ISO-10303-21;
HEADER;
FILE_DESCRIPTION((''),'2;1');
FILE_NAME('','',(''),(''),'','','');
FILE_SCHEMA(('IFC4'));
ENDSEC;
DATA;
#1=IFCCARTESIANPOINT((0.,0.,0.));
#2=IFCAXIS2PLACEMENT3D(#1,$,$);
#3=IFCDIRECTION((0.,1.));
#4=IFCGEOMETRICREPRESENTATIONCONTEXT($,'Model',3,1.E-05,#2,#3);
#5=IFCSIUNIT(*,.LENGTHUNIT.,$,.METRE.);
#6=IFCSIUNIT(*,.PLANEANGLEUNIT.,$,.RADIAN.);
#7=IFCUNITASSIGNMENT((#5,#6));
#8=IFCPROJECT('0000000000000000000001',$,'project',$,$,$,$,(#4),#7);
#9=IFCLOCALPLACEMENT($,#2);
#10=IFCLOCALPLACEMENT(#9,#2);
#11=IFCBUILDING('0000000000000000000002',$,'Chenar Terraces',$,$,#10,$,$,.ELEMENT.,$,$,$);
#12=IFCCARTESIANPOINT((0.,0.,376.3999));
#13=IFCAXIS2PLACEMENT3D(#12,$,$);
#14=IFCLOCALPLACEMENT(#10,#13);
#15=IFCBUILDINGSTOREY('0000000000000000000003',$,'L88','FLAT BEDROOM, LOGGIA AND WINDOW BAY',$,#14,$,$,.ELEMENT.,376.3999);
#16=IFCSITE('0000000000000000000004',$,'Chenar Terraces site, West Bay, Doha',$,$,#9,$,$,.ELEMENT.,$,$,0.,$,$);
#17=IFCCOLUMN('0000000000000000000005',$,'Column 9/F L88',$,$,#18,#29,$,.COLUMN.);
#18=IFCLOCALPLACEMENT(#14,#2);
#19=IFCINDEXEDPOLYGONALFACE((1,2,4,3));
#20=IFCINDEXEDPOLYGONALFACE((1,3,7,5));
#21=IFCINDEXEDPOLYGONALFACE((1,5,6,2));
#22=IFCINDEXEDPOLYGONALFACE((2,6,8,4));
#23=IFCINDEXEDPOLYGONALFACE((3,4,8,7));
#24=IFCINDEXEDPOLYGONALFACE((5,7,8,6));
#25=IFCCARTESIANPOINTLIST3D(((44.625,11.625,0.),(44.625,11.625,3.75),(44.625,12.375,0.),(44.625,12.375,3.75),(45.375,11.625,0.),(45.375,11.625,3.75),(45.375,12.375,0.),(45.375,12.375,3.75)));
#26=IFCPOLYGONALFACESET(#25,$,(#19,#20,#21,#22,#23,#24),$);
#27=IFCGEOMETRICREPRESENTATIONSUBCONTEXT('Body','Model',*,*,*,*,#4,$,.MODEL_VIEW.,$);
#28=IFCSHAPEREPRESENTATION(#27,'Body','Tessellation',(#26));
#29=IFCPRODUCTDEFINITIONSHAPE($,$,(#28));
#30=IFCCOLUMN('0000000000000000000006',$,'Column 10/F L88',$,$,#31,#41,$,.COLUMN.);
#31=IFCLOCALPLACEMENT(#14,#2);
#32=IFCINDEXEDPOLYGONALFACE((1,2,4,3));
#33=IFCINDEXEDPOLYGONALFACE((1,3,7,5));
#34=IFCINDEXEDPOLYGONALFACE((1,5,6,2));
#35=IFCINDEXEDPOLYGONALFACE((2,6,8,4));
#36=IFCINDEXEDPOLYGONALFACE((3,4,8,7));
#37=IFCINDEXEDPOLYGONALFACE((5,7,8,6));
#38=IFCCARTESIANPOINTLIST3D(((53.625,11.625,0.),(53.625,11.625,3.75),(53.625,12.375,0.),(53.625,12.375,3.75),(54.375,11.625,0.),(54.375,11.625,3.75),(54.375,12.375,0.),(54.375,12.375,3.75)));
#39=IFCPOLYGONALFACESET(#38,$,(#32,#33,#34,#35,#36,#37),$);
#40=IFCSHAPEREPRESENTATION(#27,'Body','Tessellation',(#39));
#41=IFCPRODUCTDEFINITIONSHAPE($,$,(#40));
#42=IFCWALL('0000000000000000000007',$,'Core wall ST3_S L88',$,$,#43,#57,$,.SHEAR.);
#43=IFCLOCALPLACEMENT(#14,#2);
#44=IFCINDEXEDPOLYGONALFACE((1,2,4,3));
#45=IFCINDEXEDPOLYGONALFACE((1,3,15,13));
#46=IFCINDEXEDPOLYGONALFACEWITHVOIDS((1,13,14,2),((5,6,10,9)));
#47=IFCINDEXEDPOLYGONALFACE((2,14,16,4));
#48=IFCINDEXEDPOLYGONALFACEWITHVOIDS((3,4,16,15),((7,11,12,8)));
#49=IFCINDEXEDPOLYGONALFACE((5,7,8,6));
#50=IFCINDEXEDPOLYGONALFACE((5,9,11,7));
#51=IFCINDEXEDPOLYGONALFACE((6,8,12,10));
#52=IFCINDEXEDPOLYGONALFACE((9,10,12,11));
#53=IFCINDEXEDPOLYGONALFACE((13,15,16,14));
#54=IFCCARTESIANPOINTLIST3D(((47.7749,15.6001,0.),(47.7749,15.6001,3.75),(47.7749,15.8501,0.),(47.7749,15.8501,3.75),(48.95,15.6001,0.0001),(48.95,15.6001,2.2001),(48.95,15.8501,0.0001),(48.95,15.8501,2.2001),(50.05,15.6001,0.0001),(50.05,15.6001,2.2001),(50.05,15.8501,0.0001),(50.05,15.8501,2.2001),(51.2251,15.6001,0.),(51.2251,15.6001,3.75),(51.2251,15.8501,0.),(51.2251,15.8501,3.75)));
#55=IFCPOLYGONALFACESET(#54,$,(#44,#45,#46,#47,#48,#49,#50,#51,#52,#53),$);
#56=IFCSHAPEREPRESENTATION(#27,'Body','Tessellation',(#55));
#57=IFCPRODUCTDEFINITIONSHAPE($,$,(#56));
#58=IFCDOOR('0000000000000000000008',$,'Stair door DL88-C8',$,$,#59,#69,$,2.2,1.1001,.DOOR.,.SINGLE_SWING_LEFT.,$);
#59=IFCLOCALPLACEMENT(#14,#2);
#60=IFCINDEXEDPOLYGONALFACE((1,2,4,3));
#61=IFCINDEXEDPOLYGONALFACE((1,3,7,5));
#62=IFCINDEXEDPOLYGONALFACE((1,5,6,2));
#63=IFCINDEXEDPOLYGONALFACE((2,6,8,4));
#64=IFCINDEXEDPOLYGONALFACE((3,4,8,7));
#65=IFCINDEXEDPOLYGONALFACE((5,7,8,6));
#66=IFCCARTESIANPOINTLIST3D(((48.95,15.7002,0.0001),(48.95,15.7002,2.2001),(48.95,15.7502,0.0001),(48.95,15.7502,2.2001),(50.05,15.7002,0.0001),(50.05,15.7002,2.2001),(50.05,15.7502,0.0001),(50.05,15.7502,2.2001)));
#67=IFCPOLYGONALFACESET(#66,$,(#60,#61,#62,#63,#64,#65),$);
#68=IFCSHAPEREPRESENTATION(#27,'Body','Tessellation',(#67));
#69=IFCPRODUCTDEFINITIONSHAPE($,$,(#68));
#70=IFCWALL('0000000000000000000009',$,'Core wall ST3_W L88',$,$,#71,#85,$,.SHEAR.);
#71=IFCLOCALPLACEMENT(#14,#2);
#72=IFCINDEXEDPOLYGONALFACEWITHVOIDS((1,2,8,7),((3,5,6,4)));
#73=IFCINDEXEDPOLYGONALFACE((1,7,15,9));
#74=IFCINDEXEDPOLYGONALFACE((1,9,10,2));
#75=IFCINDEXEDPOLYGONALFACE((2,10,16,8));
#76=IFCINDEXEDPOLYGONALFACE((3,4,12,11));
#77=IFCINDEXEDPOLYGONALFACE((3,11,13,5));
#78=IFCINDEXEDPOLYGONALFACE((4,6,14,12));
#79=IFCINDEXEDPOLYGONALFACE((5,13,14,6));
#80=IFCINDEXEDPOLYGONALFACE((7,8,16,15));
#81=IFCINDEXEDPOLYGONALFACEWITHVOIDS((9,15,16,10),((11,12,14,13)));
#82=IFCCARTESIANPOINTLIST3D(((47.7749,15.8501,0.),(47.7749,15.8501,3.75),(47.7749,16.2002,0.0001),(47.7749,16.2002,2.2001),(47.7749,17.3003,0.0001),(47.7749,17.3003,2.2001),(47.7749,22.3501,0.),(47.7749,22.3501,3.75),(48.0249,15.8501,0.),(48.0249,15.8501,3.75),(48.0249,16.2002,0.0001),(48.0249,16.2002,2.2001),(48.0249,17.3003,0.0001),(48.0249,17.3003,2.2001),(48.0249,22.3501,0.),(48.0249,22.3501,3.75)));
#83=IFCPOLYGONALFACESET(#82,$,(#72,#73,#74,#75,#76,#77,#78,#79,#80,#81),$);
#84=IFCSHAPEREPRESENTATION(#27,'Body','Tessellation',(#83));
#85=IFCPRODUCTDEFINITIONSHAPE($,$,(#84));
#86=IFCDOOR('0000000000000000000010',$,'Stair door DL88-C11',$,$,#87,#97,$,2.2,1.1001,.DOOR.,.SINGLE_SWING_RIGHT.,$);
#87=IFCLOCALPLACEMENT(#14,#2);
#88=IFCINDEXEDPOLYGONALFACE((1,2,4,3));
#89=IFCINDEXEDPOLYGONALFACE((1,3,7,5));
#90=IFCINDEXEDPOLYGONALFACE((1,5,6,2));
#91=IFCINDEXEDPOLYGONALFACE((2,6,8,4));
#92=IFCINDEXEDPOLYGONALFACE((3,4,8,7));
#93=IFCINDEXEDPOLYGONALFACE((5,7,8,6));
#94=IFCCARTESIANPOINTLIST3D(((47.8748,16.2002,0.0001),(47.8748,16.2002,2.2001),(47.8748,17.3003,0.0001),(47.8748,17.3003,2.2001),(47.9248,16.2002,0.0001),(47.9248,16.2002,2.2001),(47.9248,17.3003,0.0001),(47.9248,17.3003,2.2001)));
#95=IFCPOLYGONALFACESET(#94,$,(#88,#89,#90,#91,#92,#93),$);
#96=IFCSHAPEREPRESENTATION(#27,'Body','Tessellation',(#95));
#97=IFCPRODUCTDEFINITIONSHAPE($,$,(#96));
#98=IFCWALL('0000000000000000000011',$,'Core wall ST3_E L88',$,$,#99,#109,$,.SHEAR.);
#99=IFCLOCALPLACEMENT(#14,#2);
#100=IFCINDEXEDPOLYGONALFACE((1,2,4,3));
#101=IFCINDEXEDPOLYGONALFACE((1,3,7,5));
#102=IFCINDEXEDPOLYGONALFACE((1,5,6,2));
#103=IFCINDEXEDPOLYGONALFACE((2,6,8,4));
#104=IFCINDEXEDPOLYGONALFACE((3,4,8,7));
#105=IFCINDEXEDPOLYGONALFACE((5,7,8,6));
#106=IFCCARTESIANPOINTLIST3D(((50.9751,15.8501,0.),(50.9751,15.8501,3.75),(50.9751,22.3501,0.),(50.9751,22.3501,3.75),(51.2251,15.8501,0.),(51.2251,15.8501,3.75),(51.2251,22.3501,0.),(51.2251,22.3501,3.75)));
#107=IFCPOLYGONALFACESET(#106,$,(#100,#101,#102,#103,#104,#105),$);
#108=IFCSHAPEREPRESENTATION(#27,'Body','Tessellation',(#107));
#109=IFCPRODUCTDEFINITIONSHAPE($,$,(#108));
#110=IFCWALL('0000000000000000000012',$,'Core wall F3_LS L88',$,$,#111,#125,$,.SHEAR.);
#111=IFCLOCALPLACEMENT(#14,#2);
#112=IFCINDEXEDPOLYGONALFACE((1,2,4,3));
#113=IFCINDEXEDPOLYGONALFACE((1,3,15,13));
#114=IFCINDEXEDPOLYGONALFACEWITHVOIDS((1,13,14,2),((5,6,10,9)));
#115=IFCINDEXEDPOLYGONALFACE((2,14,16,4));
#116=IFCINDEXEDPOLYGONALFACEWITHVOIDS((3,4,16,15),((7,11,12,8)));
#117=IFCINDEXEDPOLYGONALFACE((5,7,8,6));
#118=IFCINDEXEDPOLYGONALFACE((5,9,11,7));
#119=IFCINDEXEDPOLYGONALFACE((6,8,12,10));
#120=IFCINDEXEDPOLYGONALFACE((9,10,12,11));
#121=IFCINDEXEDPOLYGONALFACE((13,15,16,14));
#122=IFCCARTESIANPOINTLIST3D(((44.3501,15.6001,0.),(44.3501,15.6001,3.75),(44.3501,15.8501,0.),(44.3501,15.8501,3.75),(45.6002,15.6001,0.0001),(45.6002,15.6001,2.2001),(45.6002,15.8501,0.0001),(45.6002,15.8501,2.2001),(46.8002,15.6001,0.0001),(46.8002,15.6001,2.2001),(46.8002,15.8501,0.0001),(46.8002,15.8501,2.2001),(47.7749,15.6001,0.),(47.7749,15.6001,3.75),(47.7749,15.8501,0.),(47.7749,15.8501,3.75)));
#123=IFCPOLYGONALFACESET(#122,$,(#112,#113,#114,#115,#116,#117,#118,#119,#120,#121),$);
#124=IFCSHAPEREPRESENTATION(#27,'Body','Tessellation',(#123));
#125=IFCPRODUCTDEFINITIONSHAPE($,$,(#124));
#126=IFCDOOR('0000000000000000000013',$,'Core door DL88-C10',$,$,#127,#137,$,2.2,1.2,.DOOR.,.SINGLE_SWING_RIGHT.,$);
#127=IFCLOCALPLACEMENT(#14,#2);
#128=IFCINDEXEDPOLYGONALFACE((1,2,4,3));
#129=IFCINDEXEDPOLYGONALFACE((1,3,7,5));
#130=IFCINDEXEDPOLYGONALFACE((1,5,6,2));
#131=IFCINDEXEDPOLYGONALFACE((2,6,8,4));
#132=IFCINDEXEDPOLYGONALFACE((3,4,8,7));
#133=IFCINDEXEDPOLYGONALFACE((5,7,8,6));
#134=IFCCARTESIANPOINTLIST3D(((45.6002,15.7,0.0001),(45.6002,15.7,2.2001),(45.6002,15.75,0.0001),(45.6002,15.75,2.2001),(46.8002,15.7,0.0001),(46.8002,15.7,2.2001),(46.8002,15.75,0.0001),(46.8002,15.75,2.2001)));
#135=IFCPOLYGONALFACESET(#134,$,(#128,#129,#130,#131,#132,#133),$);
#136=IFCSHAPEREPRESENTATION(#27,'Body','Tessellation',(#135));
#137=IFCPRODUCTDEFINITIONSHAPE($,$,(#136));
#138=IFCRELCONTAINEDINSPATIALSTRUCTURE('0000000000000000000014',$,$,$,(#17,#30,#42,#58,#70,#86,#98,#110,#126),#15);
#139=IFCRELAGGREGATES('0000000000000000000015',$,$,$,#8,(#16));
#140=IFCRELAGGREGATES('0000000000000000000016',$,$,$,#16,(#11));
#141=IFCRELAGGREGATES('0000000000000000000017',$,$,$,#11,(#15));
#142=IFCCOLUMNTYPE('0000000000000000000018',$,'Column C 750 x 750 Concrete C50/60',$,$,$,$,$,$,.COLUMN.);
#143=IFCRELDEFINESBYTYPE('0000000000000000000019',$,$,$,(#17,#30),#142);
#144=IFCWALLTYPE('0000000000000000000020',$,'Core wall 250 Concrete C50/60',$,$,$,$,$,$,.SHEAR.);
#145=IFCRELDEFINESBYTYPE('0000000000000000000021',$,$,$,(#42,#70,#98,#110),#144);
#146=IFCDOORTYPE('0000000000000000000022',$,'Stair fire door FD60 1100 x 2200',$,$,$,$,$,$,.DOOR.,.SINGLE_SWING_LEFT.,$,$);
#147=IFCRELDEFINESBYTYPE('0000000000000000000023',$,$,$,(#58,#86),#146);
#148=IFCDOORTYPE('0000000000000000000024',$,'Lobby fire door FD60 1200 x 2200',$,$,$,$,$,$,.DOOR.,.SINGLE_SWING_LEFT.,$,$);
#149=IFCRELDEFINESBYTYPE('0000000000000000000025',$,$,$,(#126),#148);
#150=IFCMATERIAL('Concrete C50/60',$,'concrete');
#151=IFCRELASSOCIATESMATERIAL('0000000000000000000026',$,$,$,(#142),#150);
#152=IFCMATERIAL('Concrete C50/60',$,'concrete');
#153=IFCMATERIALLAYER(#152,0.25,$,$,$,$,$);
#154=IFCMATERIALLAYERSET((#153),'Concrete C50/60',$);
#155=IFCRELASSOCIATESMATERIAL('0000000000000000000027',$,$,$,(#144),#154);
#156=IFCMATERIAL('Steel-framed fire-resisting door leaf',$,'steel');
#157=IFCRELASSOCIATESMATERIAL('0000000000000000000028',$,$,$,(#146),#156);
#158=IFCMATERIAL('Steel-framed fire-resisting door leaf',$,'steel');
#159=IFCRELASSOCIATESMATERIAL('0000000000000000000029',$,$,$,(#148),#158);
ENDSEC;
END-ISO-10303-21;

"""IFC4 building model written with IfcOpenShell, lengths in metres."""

from ifc_helpers import new_model, si_unit, direction, frame, frame_2d, origin, origin_2d, place, context, subcontext, project, spatial, rectangle, extrude, material, layer, layer_set, material_profile, profile_set, type_object, element, fill, save


model = new_model("IFC4")

# Units and contexts
model_context = context("Model", 3, precision=1e-05, world=origin(), true_north=direction((0.0, 1.0)))
body_context = subcontext(model_context, "Body", "Model", "MODEL_VIEW")
ifc_project = project(units=[si_unit("LENGTHUNIT", "METRE"), si_unit("PLANEANGLEUNIT", "RADIAN")], contexts=[model_context])

# Site, building, storey
site_placement = place(None, origin())
site = spatial("IfcSite", under=ifc_project, at=site_placement, Name="Chenar Terraces site, West Bay, Doha", CompositionType="ELEMENT", RefElevation=0.0)
building_placement = place(site_placement, origin())
building = spatial("IfcBuilding", under=site, at=building_placement, Name="Chenar Terraces", CompositionType="ELEMENT")
storey_placement = place(building_placement, frame((0.0, 0.0, 376.3999)))
storey = spatial("IfcBuildingStorey", under=building, at=storey_placement, Name="L88", Description="FLAT BEDROOM, LOGGIA AND WINDOW BAY", CompositionType="ELEMENT", Elevation=376.3999)

# Columns
ifc_material_1 = material(Name="Concrete C50/60", Category="concrete")
ifc_material_profile_1 = material_profile(ifc_material_1, rectangle(XDim=0.75, YDim=0.75, at=origin_2d()), Name="C 750 x 750")
ifc_profile_set_1 = profile_set([ifc_material_profile_1], Name="Concrete C50/60")
column_type = type_object("IfcColumnType", Name="Column C 750 x 750 Concrete C50/60", PredefinedType="COLUMN", material=ifc_profile_set_1)
for number, where, z_axis, x_axis, name in (
    (1, (45.0, 12.0, 0.0), (0.0, 0.0, 1.0), (1.0, 0.0, 0.0), "Column 9/F L88"),
    (2, (54.0, 12.0, 0.0), (0.0, 0.0, 1.0), (1.0, 0.0, 0.0), "Column 10/F L88"),
):
    element("IfcColumn", number, at=place(storey_placement, frame(where, z_axis=z_axis, x_axis=x_axis)), inside=storey, type_object=column_type, Name=name, PredefinedType="COLUMN", context=body_context, shape_type="SweptSolid", body=[
        extrude(rectangle(XDim=0.75, YDim=0.75, at=origin_2d()), origin(), (0.0, 0.0, 1.0), 3.75),
    ])

# Walls, openings, doors
ifc_material_2 = material(Name="Concrete C50/60", Category="concrete")
ifc_layer_1 = layer(ifc_material_2, 0.25)
ifc_layer_set_1 = layer_set([ifc_layer_1], Name="Concrete C50/60")
wall_type_1 = type_object("IfcWallType", Name="Core wall 250 Concrete C50/60", PredefinedType="SHEAR", material=ifc_layer_set_1)
wall_1_placement = place(storey_placement, frame((47.7749, 15.7251, 0.0), z_axis=(0.0, 0.0, 1.0), x_axis=(1.0, 0.0, 0.0)))
wall_1 = element("IfcWall", 3, at=wall_1_placement, inside=storey, type_object=wall_type_1, Name="Core wall ST3_S L88", PredefinedType="SHEAR", context=body_context, shape_type="SweptSolid", body=[
    extrude(rectangle(XDim=3.4502, YDim=0.25, at=frame_2d((1.7251, 0.0))), origin(), (0.0, 0.0, 1.0), 3.75),
])
opening_1_placement = place(wall_1_placement, frame((1.175, 0.0, 0.0)))
opening_1 = element("IfcOpeningElement", 4, at=opening_1_placement, cuts=wall_1, PredefinedType="OPENING", context=body_context, shape_type="SweptSolid", body=[
    extrude(rectangle(XDim=1.1001, YDim=2.2, at=frame_2d((0.55, 1.1001))), frame((0.0, 0.135, 0.0), z_axis=(0.0, -1.0, 0.0), x_axis=(1.0, 0.0, 0.0)), (0.0, 0.0, 1.0), 0.27),
])
ifc_material_3 = material(Name="Steel-framed fire-resisting door leaf", Category="steel")
door_type_1 = type_object("IfcDoorType", Name="Stair fire door FD60 1100 x 2200", OperationType="SINGLE_SWING_LEFT", PredefinedType="DOOR", material=ifc_material_3)
door_1_placement = place(opening_1_placement, frame((1.1001, 0.0, 0.0), z_axis=(0.0, 0.0, 1.0), x_axis=(-1.0, 0.0, 0.0)))
door_1 = element("IfcDoor", 5, at=door_1_placement, inside=storey, type_object=door_type_1, Name="Stair door DL88-C8", OperationType="SINGLE_SWING_LEFT", OverallHeight=2.2, OverallWidth=1.1001, PredefinedType="DOOR", context=body_context, shape_type="SweptSolid", body=[
    extrude(rectangle(XDim=1.1001, YDim=2.2, at=frame_2d((0.55, 1.1001))), frame((0.0, 0.0249, 0.0), z_axis=(0.0, -1.0, 0.0), x_axis=(1.0, 0.0, 0.0)), (0.0, 0.0, 1.0), 0.05),
])
fill(opening_1, door_1)
wall_2_placement = place(storey_placement, frame((47.8999, 15.8501, 0.0), z_axis=(0.0, 0.0, 1.0), x_axis=(0.0, 1.0, 0.0)))
wall_2 = element("IfcWall", 6, at=wall_2_placement, inside=storey, type_object=wall_type_1, Name="Core wall ST3_W L88", PredefinedType="SHEAR", context=body_context, shape_type="SweptSolid", body=[
    extrude(rectangle(XDim=6.5, YDim=0.25, at=frame_2d((3.25, 0.0))), origin(), (0.0, 0.0, 1.0), 3.75),
])
opening_2_placement = place(wall_2_placement, frame((0.3501, 0.0, 0.0)))
opening_2 = element("IfcOpeningElement", 7, at=opening_2_placement, cuts=wall_2, PredefinedType="OPENING", context=body_context, shape_type="SweptSolid", body=[
    extrude(rectangle(XDim=1.1001, YDim=2.2, at=frame_2d((0.55, 1.1001))), frame((0.0, 0.135, 0.0), z_axis=(0.0, -1.0, 0.0), x_axis=(1.0, 0.0, 0.0)), (0.0, 0.0, 1.0), 0.27),
])
door_2_placement = place(opening_2_placement, frame((1.1001, 0.0, 0.0), z_axis=(0.0, 0.0, 1.0), x_axis=(-1.0, 0.0, 0.0)))
door_2 = element("IfcDoor", 8, at=door_2_placement, inside=storey, type_object=door_type_1, Name="Stair door DL88-C11", OperationType="SINGLE_SWING_RIGHT", OverallHeight=2.2, OverallWidth=1.1001, PredefinedType="DOOR", context=body_context, shape_type="SweptSolid", body=[
    extrude(rectangle(XDim=1.1001, YDim=2.2, at=frame_2d((0.55, 1.1001))), frame((0.0, 0.0249, 0.0), z_axis=(0.0, -1.0, 0.0), x_axis=(1.0, 0.0, 0.0)), (0.0, 0.0, 1.0), 0.05),
])
fill(opening_2, door_2)

# Wall
wall_3_placement = place(storey_placement, frame((51.1001, 15.8501, 0.0), z_axis=(0.0, 0.0, 1.0), x_axis=(0.0, 1.0, 0.0)))
element("IfcWall", 9, at=wall_3_placement, inside=storey, type_object=wall_type_1, Name="Core wall ST3_E L88", PredefinedType="SHEAR", context=body_context, shape_type="SweptSolid", body=[
    extrude(rectangle(XDim=6.5, YDim=0.25, at=frame_2d((3.25, 0.0))), origin(), (0.0, 0.0, 1.0), 3.75),
])

# Wall, opening, door
wall_4_placement = place(storey_placement, frame((44.3501, 15.7251, 0.0), z_axis=(0.0, 0.0, 1.0), x_axis=(1.0, 0.0, 0.0)))
wall_4 = element("IfcWall", 10, at=wall_4_placement, inside=storey, type_object=wall_type_1, Name="Core wall F3_LS L88", PredefinedType="SHEAR", context=body_context, shape_type="SweptSolid", body=[
    extrude(rectangle(XDim=3.4248, YDim=0.25, at=frame_2d((1.7124, 0.0))), origin(), (0.0, 0.0, 1.0), 3.75),
])
opening_3_placement = place(wall_4_placement, frame((1.25, 0.0, 0.0)))
opening_3 = element("IfcOpeningElement", 11, at=opening_3_placement, cuts=wall_4, PredefinedType="OPENING", context=body_context, shape_type="SweptSolid", body=[
    extrude(rectangle(XDim=1.2, YDim=2.2, at=frame_2d((0.6001, 1.1001))), frame((0.0, 0.135, 0.0), z_axis=(0.0, -1.0, 0.0), x_axis=(1.0, 0.0, 0.0)), (0.0, 0.0, 1.0), 0.27),
])
ifc_material_4 = material(Name="Steel-framed fire-resisting door leaf", Category="steel")
door_type_2 = type_object("IfcDoorType", Name="Lobby fire door FD60 1200 x 2200", OperationType="SINGLE_SWING_LEFT", PredefinedType="DOOR", material=ifc_material_4)
door_3_placement = place(opening_3_placement, origin())
door_3 = element("IfcDoor", 12, at=door_3_placement, inside=storey, type_object=door_type_2, Name="Core door DL88-C10", OperationType="SINGLE_SWING_RIGHT", OverallHeight=2.2, OverallWidth=1.2, PredefinedType="DOOR", context=body_context, shape_type="SweptSolid", body=[
    extrude(rectangle(XDim=1.2, YDim=2.2, at=frame_2d((0.6001, 1.1001))), frame((0.0, 0.0249, 0.0), z_axis=(0.0, -1.0, 0.0), x_axis=(1.0, 0.0, 0.0)), (0.0, 0.0, 1.0), 0.05),
])
fill(opening_3, door_3)

save(model, "model.ifc")
